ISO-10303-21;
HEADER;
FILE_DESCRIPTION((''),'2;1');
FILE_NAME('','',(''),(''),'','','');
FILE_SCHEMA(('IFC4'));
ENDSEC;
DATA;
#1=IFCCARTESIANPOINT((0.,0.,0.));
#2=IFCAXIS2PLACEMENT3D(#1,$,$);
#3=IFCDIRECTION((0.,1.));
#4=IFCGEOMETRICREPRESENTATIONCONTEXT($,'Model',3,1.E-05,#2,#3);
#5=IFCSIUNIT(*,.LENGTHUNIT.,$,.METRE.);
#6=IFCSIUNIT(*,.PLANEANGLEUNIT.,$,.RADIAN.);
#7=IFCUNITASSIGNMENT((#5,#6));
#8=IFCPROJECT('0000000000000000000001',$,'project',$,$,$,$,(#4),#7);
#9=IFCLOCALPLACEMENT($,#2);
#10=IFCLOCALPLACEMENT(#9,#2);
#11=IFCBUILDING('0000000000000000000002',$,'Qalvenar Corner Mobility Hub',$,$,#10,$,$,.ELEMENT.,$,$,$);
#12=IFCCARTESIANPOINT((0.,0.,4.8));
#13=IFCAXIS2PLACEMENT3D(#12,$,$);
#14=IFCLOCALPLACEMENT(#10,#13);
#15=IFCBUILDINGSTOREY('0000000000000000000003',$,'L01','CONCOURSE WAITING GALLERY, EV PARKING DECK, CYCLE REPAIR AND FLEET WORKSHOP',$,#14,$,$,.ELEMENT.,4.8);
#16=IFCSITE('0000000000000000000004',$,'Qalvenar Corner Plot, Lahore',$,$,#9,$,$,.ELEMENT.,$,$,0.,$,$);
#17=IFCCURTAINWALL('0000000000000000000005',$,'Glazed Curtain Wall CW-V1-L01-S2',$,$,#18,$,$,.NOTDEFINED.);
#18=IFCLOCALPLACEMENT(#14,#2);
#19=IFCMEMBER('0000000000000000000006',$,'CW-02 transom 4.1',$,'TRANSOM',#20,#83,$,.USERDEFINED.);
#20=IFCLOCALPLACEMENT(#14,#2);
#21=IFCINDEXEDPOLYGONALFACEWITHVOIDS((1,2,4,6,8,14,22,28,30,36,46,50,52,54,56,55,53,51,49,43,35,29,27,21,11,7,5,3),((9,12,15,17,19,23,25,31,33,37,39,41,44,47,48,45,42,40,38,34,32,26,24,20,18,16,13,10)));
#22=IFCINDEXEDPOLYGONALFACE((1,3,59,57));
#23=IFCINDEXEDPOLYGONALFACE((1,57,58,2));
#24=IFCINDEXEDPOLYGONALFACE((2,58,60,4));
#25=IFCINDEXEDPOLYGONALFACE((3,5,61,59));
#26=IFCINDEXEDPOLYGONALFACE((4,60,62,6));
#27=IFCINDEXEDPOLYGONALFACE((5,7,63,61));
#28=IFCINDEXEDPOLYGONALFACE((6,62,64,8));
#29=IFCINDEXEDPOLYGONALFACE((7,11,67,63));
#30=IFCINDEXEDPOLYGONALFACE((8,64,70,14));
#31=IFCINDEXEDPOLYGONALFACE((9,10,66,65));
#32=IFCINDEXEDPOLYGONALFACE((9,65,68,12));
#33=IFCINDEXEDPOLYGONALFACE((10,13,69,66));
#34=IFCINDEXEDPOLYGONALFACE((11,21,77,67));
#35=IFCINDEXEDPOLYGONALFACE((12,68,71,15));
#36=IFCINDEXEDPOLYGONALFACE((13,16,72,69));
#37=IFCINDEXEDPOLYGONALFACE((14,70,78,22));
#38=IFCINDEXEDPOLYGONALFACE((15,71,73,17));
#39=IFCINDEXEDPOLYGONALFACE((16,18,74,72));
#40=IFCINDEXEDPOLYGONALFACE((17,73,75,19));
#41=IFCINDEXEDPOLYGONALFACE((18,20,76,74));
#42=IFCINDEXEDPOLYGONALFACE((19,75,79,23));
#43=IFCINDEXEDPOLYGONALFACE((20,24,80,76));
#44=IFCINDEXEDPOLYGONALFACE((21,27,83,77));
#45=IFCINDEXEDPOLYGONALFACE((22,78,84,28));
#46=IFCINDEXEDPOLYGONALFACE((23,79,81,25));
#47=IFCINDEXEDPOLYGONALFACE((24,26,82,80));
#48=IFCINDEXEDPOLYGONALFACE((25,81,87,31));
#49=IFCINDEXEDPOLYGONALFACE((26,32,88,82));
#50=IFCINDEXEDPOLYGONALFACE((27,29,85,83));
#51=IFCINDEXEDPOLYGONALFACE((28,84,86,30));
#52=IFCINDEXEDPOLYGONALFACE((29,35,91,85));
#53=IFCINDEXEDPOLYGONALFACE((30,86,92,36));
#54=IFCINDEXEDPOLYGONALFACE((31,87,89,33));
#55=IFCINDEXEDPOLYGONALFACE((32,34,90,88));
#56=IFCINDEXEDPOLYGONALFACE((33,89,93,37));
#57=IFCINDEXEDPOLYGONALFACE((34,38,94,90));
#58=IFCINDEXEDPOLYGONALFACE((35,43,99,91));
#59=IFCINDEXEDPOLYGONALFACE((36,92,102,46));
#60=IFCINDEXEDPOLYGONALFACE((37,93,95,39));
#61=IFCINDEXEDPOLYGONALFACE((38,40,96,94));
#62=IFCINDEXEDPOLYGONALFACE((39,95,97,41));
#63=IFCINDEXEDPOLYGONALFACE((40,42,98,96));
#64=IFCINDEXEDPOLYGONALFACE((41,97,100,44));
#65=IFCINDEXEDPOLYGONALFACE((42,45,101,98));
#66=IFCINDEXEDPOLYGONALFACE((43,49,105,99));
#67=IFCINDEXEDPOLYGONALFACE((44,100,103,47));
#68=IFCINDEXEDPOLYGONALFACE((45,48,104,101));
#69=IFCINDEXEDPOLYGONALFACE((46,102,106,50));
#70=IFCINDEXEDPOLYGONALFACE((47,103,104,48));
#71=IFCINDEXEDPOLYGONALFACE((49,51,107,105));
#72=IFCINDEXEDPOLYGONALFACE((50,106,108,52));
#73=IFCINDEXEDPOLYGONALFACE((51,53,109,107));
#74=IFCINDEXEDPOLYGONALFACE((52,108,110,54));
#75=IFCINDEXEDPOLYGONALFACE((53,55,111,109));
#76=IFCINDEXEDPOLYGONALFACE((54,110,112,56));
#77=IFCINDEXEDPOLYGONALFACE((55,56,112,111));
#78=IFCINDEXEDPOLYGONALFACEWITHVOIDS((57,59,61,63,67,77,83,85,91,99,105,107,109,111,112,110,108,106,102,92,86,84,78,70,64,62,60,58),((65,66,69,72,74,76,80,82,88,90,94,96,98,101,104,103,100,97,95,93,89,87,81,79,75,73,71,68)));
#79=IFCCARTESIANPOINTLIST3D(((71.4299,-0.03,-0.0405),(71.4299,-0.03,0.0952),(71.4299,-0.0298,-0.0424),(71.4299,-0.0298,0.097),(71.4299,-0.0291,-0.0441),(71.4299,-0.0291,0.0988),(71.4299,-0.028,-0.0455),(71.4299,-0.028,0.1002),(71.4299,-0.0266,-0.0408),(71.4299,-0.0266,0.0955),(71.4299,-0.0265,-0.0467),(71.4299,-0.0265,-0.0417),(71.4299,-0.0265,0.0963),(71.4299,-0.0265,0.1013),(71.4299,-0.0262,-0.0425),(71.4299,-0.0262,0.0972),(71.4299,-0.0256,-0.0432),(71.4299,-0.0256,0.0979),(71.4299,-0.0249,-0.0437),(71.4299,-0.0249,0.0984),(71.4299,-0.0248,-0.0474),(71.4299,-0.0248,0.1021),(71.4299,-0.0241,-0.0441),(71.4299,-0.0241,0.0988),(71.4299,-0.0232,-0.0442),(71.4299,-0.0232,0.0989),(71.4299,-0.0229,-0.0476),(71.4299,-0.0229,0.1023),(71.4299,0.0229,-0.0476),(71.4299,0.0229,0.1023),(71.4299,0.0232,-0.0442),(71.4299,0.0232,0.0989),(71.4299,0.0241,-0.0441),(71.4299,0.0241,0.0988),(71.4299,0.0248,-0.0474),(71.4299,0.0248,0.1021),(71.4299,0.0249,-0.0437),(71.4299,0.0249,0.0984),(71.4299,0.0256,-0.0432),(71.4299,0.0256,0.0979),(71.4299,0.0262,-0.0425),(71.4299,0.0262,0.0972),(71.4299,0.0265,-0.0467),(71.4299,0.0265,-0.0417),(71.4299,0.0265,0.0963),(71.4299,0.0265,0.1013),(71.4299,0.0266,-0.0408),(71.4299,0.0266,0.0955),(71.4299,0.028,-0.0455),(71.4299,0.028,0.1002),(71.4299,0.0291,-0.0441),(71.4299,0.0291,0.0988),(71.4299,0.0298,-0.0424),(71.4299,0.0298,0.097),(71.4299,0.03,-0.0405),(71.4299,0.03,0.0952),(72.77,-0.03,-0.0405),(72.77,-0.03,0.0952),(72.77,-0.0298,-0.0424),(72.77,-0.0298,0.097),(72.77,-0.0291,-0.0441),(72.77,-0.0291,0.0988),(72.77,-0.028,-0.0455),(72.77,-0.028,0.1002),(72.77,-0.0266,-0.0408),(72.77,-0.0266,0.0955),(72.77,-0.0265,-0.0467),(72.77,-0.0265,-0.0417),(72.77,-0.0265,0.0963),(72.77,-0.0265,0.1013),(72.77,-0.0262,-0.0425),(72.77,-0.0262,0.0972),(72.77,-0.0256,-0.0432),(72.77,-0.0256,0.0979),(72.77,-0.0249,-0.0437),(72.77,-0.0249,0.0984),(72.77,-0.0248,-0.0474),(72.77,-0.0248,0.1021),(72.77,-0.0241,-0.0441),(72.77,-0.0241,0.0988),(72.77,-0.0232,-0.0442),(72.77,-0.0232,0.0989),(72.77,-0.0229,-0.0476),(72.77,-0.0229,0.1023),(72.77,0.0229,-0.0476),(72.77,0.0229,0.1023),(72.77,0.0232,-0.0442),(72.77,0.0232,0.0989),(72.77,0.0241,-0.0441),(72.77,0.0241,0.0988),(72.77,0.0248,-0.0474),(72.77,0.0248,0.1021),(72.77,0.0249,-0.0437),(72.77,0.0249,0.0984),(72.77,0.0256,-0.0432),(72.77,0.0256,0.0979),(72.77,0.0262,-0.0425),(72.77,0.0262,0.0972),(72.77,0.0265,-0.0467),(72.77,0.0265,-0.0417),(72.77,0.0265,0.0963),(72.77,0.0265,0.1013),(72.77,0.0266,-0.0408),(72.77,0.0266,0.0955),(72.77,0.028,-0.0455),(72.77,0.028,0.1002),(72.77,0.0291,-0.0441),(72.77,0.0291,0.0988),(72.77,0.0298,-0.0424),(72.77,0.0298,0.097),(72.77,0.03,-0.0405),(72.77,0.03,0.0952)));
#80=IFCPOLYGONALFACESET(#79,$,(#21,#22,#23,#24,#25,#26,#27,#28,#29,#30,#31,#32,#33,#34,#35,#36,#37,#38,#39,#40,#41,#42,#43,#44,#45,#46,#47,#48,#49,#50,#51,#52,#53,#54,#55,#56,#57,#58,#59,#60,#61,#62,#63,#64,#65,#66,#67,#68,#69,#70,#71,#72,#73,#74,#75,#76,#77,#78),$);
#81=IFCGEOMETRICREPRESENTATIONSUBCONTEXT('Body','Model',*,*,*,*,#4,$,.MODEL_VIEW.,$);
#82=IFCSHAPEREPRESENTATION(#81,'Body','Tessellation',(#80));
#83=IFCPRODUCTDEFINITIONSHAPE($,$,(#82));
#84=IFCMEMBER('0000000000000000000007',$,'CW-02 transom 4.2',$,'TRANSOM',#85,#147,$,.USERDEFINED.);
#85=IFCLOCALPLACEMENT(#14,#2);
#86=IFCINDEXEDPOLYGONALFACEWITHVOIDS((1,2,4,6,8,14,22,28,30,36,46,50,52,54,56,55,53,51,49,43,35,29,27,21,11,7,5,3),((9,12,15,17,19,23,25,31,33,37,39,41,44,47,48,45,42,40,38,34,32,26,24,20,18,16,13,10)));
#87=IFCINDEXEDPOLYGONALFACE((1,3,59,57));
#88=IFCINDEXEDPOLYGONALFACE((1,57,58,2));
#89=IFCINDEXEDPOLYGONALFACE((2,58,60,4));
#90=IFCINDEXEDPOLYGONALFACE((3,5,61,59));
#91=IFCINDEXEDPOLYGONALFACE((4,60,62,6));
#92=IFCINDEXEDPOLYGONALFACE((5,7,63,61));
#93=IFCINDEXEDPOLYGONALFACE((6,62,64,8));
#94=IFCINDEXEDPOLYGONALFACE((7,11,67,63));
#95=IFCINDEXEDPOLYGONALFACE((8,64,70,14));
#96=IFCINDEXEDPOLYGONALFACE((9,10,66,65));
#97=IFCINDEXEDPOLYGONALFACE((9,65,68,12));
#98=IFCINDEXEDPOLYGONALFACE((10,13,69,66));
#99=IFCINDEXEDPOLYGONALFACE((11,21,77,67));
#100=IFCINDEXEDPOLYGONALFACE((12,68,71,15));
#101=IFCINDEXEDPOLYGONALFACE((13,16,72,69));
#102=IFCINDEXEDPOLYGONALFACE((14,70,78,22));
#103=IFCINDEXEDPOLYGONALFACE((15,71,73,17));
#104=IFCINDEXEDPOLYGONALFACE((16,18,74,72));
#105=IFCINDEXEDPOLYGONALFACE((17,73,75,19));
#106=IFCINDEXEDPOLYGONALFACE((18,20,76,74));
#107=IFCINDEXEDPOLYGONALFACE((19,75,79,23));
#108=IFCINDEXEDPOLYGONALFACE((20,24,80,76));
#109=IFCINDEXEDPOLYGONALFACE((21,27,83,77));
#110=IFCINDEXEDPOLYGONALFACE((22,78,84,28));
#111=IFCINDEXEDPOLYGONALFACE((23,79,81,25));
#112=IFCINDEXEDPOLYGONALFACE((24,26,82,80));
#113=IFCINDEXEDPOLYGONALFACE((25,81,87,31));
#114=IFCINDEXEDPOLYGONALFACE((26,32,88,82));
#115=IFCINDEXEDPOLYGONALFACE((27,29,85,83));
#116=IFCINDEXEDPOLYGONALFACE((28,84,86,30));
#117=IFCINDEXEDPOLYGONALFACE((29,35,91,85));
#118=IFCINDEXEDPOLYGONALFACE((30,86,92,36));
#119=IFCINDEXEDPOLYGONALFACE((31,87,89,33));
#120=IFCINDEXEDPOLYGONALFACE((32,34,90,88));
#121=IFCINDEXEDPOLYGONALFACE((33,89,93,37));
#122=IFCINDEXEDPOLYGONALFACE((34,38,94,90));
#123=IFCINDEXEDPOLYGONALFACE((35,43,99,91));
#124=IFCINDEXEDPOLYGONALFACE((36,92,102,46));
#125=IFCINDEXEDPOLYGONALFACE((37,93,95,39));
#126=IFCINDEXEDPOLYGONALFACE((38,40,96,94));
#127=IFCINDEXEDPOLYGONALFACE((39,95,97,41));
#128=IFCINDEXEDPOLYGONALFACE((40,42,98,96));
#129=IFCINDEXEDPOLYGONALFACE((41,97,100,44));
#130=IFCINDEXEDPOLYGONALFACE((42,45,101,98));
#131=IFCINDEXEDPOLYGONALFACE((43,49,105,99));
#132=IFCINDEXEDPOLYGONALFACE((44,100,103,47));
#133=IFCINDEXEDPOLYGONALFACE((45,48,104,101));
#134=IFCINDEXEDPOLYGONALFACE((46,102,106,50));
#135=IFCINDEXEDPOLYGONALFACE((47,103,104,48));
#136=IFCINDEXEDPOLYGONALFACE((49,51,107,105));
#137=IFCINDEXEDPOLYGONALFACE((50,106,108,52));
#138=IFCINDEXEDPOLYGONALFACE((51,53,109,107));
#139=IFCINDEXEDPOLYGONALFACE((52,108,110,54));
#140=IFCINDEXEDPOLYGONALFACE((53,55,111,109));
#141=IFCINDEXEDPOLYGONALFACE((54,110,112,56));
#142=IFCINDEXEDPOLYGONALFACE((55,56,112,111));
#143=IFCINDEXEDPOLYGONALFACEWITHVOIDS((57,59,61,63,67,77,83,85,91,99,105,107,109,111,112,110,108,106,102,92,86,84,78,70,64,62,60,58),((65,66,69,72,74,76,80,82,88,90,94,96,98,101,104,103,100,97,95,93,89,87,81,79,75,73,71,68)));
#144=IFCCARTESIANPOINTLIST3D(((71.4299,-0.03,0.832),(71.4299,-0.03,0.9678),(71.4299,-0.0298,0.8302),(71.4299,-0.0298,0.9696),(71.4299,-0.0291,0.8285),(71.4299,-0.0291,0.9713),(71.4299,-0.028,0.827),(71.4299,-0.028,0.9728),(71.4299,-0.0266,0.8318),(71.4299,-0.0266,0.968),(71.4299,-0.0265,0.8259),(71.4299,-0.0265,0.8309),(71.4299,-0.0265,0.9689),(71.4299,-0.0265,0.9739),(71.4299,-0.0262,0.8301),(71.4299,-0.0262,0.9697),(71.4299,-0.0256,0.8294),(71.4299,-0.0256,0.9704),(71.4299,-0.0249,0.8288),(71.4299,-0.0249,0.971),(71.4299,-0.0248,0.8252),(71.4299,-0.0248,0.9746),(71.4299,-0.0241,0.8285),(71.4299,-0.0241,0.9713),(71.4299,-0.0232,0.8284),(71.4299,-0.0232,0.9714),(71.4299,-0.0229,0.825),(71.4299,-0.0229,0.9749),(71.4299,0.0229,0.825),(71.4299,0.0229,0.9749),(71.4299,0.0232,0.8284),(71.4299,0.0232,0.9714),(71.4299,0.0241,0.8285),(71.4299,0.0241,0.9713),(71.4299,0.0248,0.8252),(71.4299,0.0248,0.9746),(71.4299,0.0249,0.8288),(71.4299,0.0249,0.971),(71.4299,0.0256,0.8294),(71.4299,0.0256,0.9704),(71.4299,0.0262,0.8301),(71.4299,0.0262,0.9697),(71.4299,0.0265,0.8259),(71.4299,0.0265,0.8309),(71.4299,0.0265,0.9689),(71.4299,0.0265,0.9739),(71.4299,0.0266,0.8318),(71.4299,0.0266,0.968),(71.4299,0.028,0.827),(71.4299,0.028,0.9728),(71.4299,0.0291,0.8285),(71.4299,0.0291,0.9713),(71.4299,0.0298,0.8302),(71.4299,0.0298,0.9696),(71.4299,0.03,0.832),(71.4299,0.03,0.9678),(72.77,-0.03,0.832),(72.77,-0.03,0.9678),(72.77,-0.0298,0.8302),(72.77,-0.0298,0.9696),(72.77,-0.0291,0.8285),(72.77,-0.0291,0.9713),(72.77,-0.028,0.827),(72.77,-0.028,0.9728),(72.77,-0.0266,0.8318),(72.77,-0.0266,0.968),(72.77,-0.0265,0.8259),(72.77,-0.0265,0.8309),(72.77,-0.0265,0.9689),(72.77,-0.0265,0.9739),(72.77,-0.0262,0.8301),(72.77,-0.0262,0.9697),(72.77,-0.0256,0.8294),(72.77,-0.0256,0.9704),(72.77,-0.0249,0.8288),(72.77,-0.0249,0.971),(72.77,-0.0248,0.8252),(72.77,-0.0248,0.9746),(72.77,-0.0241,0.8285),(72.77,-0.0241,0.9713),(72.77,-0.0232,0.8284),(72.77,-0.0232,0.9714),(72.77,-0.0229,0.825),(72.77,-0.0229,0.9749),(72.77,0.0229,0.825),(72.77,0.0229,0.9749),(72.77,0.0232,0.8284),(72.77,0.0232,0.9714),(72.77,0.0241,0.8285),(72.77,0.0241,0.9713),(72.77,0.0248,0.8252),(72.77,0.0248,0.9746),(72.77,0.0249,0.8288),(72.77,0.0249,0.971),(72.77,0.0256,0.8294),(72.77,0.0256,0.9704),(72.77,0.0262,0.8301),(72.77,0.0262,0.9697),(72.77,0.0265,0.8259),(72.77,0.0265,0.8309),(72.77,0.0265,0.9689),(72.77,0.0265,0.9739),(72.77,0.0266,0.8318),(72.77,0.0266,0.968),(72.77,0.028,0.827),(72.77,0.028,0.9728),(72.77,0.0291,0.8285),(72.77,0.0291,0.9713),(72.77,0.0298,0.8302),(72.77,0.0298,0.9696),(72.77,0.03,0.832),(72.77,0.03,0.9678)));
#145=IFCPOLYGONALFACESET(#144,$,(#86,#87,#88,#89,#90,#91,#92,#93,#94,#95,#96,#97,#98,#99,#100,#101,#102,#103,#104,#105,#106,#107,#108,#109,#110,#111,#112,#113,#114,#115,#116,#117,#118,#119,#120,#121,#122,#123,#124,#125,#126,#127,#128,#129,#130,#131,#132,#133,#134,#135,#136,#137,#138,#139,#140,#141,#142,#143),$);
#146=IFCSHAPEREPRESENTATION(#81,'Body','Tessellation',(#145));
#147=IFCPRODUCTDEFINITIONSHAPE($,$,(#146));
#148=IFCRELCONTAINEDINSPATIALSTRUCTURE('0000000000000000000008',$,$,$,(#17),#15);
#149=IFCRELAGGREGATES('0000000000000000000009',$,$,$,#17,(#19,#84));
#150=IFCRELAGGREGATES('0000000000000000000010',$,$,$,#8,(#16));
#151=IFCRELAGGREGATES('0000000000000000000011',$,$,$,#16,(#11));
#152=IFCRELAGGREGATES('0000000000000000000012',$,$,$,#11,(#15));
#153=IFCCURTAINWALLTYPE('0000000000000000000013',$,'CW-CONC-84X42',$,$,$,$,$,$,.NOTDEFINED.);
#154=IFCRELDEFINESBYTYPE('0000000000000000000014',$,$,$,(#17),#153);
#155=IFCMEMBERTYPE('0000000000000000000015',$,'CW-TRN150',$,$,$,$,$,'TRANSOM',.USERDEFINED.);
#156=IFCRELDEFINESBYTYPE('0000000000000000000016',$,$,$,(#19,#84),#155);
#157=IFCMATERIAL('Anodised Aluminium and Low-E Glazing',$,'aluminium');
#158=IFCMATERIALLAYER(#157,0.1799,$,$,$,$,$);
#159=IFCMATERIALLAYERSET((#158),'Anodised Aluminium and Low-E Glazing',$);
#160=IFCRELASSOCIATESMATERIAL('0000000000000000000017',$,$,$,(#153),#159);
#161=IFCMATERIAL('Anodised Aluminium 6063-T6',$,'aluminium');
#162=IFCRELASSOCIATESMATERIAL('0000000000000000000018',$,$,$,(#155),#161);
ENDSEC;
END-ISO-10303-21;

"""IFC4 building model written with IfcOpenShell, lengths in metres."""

from ifc_helpers import new_model, si_unit, direction, frame, origin, origin_2d, place, context, subcontext, project, spatial, hollow_rectangle, extrude, material, layer, layer_set, material_profile, profile_set, type_object, element, aggregate, save


model = new_model("IFC4")

# Units and contexts
model_context = context("Model", 3, precision=1e-05, world=origin(), true_north=direction((0.0, 1.0)))
body_context = subcontext(model_context, "Body", "Model", "MODEL_VIEW")
ifc_project = project(units=[si_unit("LENGTHUNIT", "METRE"), si_unit("PLANEANGLEUNIT", "RADIAN")], contexts=[model_context])

# Site, building, storey
site_placement = place(None, origin())
site = spatial("IfcSite", under=ifc_project, at=site_placement, Name="Qalvenar Corner Plot, Lahore", CompositionType="ELEMENT", RefElevation=0.0)
building_placement = place(site_placement, origin())
building = spatial("IfcBuilding", under=site, at=building_placement, Name="Qalvenar Corner Mobility Hub", CompositionType="ELEMENT")
storey_placement = place(building_placement, frame((0.0, 0.0, 4.8)))
storey = spatial("IfcBuildingStorey", under=building, at=storey_placement, Name="L01", Description="CONCOURSE WAITING GALLERY, EV PARKING DECK, CYCLE REPAIR AND FLEET WORKSHOP", CompositionType="ELEMENT", Elevation=4.8)

# Curtain wall, members
ifc_material_1 = material(Name="Anodised Aluminium and Low-E Glazing", Category="aluminium")
ifc_layer_1 = layer(ifc_material_1, 0.1799)
ifc_layer_set_1 = layer_set([ifc_layer_1], Name="Anodised Aluminium and Low-E Glazing")
curtain_wall_type = type_object("IfcCurtainWallType", Name="CW-CONC-84X42", PredefinedType="NOTDEFINED", material=ifc_layer_set_1)
curtain_wall_placement = place(storey_placement, origin())
curtain_wall = element("IfcCurtainWall", 1, at=curtain_wall_placement, inside=storey, type_object=curtain_wall_type, Name="Glazed Curtain Wall CW-V1-L01-S2", PredefinedType="NOTDEFINED")
ifc_material_2 = material(Name="Anodised Aluminium 6063-T6", Category="aluminium")
ifc_material_profile_1 = material_profile(ifc_material_2, hollow_rectangle(XDim=0.0601, YDim=0.1499, WallThickness=0.0034, InnerFilletRadius=0.0034, OuterFilletRadius=0.0071, at=origin_2d()), Name="RHS150x60x3.5")
ifc_profile_set_1 = profile_set([ifc_material_profile_1], Name="Anodised Aluminium 6063-T6")
member_type_1 = type_object("IfcMemberType", Name="CW-TRN150", ElementType="TRANSOM", PredefinedType="USERDEFINED", material=ifc_profile_set_1)
member_1_placement = place(storey_placement, frame((71.4299, 0.0, 0.0273), z_axis=(1.0, 0.0, 0.0), x_axis=(0.0, 1.0, 0.0)))
member_1 = element("IfcMember", 2, at=member_1_placement, type_object=member_type_1, Name="CW-02 transom 4.1", ObjectType="TRANSOM", PredefinedType="USERDEFINED", context=body_context, shape_type="SweptSolid", body=[
    extrude(hollow_rectangle(XDim=0.0601, YDim=0.1499, WallThickness=0.0034, InnerFilletRadius=0.0034, OuterFilletRadius=0.0071, at=origin_2d()), origin(), (0.0, 0.0, 1.0), 1.3401),
])
member_2_placement = place(storey_placement, frame((71.4299, 0.0, 0.8999), z_axis=(1.0, 0.0, 0.0), x_axis=(0.0, 1.0, 0.0)))
member_2 = element("IfcMember", 3, at=member_2_placement, type_object=member_type_1, Name="CW-02 transom 4.2", ObjectType="TRANSOM", PredefinedType="USERDEFINED", context=body_context, shape_type="SweptSolid", body=[
    extrude(hollow_rectangle(XDim=0.0601, YDim=0.1499, WallThickness=0.0034, InnerFilletRadius=0.0034, OuterFilletRadius=0.0071, at=origin_2d()), origin(), (0.0, 0.0, 1.0), 1.3401),
])
aggregate(curtain_wall, [member_1, member_2])

save(model, "model.ifc")
